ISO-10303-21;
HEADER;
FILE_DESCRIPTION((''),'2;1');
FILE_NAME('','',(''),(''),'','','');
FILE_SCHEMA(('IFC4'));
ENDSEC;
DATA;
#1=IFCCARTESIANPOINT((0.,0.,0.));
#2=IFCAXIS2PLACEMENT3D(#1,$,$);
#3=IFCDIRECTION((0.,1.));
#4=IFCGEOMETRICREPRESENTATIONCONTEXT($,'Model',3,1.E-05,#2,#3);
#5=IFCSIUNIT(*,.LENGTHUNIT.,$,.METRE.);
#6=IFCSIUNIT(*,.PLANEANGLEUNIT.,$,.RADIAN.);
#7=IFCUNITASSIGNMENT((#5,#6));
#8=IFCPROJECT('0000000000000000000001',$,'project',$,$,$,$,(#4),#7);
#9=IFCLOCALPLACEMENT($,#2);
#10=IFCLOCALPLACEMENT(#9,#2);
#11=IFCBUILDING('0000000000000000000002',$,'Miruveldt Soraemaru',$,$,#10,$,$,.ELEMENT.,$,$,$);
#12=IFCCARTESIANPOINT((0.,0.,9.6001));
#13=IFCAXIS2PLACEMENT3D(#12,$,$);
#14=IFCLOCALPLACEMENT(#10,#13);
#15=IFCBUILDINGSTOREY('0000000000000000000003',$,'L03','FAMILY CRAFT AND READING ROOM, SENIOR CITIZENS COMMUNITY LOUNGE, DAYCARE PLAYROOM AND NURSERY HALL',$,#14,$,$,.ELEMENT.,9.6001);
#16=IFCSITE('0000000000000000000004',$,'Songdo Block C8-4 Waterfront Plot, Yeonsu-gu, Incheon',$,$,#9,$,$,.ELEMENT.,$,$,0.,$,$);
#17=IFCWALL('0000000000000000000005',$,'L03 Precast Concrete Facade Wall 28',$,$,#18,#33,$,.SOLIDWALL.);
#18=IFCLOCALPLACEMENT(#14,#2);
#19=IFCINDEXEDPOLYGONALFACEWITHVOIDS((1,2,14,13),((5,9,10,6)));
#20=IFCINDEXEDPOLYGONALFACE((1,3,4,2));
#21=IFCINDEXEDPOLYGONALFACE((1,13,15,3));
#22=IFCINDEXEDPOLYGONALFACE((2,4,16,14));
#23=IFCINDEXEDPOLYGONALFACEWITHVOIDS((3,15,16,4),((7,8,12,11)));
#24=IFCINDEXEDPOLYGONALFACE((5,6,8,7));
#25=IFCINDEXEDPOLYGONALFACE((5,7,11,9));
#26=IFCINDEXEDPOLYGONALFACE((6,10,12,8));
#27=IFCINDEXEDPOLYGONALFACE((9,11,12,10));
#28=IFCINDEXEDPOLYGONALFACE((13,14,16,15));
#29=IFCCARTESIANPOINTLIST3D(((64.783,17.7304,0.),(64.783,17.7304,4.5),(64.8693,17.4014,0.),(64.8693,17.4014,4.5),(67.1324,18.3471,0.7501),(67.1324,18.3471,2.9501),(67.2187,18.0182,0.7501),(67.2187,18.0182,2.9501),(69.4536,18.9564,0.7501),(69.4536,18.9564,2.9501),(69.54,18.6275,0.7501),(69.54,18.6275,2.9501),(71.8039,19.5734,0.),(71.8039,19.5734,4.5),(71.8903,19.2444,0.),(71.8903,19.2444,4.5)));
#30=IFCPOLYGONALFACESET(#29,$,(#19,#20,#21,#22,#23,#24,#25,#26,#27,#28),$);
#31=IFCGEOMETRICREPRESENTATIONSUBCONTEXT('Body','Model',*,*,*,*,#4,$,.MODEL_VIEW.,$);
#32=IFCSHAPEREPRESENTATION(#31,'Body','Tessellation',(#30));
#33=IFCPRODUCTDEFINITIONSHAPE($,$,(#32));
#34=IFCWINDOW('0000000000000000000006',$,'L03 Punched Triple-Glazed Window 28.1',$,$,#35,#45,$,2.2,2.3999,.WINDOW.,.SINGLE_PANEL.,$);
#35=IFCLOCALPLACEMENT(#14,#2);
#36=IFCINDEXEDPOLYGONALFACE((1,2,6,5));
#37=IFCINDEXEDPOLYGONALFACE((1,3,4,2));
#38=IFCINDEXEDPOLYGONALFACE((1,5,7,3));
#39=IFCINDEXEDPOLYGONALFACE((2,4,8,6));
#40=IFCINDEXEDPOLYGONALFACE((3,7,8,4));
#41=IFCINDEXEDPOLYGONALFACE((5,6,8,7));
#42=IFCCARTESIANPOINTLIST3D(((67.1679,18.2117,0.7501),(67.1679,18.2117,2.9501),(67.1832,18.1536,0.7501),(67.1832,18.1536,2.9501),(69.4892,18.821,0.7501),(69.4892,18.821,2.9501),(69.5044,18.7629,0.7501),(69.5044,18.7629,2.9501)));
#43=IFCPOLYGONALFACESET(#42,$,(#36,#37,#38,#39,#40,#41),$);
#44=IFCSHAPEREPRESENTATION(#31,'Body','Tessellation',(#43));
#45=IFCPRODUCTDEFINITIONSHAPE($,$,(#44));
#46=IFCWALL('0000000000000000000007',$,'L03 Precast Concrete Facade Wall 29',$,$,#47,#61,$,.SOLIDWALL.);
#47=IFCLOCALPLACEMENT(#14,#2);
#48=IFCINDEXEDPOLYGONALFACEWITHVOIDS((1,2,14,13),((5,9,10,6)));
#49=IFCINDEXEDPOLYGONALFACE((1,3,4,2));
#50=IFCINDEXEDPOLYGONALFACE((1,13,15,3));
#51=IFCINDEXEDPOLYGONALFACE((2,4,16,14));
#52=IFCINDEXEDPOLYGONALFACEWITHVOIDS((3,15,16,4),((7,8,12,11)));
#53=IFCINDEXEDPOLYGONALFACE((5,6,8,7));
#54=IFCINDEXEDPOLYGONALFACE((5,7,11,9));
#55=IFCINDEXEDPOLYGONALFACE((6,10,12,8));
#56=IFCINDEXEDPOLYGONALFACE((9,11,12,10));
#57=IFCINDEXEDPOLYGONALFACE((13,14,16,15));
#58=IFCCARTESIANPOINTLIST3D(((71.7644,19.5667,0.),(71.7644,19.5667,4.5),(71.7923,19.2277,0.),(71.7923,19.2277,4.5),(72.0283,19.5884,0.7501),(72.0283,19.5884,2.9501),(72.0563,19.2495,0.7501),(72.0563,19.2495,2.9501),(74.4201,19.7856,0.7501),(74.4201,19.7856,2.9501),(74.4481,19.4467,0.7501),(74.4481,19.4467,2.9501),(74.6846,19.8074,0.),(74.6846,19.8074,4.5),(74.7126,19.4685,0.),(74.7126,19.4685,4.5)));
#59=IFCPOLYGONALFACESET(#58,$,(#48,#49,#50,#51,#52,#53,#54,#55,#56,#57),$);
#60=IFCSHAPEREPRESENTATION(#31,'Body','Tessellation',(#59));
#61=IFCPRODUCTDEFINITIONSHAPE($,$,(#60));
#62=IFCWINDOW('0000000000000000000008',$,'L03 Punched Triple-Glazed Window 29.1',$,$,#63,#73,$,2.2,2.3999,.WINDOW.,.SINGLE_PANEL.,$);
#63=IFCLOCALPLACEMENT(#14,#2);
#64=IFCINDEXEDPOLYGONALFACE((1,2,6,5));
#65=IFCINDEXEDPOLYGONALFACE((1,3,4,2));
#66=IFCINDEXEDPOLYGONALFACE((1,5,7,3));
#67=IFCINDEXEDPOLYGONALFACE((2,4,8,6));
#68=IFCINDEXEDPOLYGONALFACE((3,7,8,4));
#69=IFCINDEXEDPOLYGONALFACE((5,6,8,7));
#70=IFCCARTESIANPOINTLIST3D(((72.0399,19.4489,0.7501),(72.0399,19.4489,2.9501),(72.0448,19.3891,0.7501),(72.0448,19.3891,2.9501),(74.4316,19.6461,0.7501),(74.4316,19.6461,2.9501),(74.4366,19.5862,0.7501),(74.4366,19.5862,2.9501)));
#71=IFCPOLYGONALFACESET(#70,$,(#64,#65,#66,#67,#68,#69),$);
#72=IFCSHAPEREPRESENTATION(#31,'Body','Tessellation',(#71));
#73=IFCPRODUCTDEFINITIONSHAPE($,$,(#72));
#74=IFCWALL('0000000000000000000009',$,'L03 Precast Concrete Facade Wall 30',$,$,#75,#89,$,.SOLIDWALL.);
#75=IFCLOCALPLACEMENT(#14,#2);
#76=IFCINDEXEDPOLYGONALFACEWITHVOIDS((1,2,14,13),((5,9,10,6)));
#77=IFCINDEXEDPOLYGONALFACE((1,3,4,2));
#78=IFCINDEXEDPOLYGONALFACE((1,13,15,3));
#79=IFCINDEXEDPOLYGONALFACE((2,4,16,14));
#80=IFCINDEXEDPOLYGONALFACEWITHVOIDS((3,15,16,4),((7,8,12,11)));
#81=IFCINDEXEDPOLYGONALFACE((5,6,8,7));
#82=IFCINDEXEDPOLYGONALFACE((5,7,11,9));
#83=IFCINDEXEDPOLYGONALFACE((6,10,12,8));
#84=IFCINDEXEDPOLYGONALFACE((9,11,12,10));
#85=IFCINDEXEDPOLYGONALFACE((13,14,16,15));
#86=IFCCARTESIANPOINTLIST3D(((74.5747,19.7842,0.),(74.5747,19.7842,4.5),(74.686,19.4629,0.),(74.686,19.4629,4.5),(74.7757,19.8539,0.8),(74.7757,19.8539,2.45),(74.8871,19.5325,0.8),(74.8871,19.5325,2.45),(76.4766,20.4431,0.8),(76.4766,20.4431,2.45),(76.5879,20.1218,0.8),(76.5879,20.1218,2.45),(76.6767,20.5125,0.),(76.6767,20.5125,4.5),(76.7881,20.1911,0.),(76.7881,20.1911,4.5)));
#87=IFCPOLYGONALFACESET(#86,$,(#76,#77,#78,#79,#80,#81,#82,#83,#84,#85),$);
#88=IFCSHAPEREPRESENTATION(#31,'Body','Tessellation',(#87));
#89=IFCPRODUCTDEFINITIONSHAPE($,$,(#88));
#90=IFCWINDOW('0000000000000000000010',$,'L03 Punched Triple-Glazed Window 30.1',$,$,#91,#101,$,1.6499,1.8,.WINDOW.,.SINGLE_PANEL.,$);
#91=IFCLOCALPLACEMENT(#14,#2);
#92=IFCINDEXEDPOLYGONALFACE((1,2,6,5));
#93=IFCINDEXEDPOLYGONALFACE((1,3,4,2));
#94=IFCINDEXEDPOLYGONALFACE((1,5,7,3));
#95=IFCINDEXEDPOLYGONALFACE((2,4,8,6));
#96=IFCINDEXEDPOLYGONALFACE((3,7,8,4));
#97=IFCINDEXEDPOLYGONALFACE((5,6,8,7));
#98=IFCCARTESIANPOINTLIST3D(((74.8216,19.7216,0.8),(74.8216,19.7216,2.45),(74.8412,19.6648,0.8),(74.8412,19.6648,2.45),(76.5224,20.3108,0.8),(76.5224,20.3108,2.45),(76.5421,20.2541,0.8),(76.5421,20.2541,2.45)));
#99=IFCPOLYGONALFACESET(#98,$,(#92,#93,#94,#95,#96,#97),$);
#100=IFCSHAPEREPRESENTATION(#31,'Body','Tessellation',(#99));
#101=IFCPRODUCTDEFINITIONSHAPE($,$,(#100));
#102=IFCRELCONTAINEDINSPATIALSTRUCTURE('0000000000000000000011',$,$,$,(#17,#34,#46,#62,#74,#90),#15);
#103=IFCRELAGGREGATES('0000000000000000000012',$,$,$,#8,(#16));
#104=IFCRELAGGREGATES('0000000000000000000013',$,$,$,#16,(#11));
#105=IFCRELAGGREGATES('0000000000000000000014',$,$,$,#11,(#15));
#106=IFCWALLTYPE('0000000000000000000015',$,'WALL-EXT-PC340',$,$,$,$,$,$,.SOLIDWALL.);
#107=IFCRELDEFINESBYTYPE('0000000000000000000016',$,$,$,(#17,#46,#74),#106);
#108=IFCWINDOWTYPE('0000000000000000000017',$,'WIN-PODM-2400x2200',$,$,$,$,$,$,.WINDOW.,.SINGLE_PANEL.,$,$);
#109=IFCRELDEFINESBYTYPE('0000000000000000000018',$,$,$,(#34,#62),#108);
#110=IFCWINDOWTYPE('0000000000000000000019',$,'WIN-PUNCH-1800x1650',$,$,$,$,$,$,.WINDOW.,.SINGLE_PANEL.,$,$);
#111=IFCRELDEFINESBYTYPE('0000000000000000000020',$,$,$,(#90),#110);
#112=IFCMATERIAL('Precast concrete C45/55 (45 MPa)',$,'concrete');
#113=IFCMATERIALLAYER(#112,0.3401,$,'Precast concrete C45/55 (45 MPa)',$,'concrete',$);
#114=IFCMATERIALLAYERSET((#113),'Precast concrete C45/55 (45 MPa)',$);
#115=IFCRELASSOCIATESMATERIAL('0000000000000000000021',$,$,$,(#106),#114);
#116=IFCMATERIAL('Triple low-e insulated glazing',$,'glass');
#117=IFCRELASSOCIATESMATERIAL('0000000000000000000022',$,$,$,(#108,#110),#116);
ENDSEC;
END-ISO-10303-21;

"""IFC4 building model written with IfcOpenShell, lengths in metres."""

from ifc_helpers import new_model, si_unit, direction, frame, frame_2d, origin, place, context, subcontext, project, spatial, rectangle, extrude, material, layer, layer_set, type_object, element, fill, save


model = new_model("IFC4")

# Units and contexts
model_context = context("Model", 3, precision=1e-05, world=origin(), true_north=direction((0.0, 1.0)))
body_context = subcontext(model_context, "Body", "Model", "MODEL_VIEW")
ifc_project = project(units=[si_unit("LENGTHUNIT", "METRE"), si_unit("PLANEANGLEUNIT", "RADIAN")], contexts=[model_context])

# Site, building, storey
site_placement = place(None, origin())
site = spatial("IfcSite", under=ifc_project, at=site_placement, Name="Songdo Block C8-4 Waterfront Plot, Yeonsu-gu, Incheon", CompositionType="ELEMENT", RefElevation=0.0)
building_placement = place(site_placement, origin())
building = spatial("IfcBuilding", under=site, at=building_placement, Name="Miruveldt Soraemaru", CompositionType="ELEMENT")
storey_placement = place(building_placement, frame((0.0, 0.0, 9.6001)))
storey = spatial("IfcBuildingStorey", under=building, at=storey_placement, Name="L03", Description="FAMILY CRAFT AND READING ROOM, SENIOR CITIZENS COMMUNITY LOUNGE, DAYCARE PLAYROOM AND NURSERY HALL", CompositionType="ELEMENT", Elevation=9.6001)

# Walls, openings, windows
ifc_material_1 = material(Name="Precast concrete C45/55 (45 MPa)", Category="concrete")
ifc_layer_1 = layer(ifc_material_1, 0.3401, Name="Precast concrete C45/55 (45 MPa)", Category="concrete")
ifc_layer_set_1 = layer_set([ifc_layer_1], Name="Precast concrete C45/55 (45 MPa)")
wall_type_1 = type_object("IfcWallType", Name="WALL-EXT-PC340", PredefinedType="SOLIDWALL", material=ifc_layer_set_1)
ifc_material_2 = material(Name="Triple low-e insulated glazing", Category="glass")
window_type_1 = type_object("IfcWindowType", Name="WIN-PODM-2400x2200", PartitioningType="SINGLE_PANEL", PredefinedType="WINDOW", material=ifc_material_2)
wall_1_placement = place(storey_placement, frame((64.8262, 17.5659, 0.0), z_axis=(0.0, 0.0, 1.0), x_axis=(0.967231, 0.253899, 0.0)))
wall_1 = element("IfcWall", 1, at=wall_1_placement, inside=storey, type_object=wall_type_1, Name="L03 Precast Concrete Facade Wall 28", PredefinedType="SOLIDWALL", context=body_context, shape_type="SweptSolid", body=[
    extrude(rectangle(XDim=7.2588, YDim=0.3401, at=frame_2d((3.6294, 0.0))), origin(), (0.0, 0.0, 1.0), 4.5),
])
opening_1_placement = place(wall_1_placement, frame((2.429, 0.0, 0.75)))
opening_1 = element("IfcOpeningElement", 2, at=opening_1_placement, cuts=wall_1, PredefinedType="OPENING", context=body_context, shape_type="SweptSolid", body=[
    extrude(rectangle(XDim=2.3999, YDim=2.2, at=frame_2d((1.2, 1.1001))), frame((0.0, 0.1802, 0.0), z_axis=(0.0, -1.0, 0.0), x_axis=(1.0, 0.0, 0.0)), (0.0, 0.0, 1.0), 0.3601),
])
window_1_placement = place(opening_1_placement, origin())
window_1 = element("IfcWindow", 3, at=window_1_placement, inside=storey, type_object=window_type_1, Name="L03 Punched Triple-Glazed Window 28.1", OverallHeight=2.2, OverallWidth=2.3999, PartitioningType="SINGLE_PANEL", PredefinedType="WINDOW", context=body_context, shape_type="SweptSolid", body=[
    extrude(rectangle(XDim=2.3999, YDim=2.2, at=frame_2d((1.2, 1.1001))), frame((0.0, 0.03, 0.0), z_axis=(0.0, -1.0, 0.0), x_axis=(1.0, 0.0, 0.0)), (0.0, 0.0, 1.0), 0.0601),
])
fill(opening_1, window_1)
wall_2_placement = place(storey_placement, frame((71.7783, 19.3972, 0.0), z_axis=(0.0, 0.0, 1.0), x_axis=(0.996619, 0.082156, 0.0)))
wall_2 = element("IfcWall", 4, at=wall_2_placement, inside=storey, type_object=wall_type_1, Name="L03 Precast Concrete Facade Wall 29", PredefinedType="SOLIDWALL", context=body_context, shape_type="SweptSolid", body=[
    extrude(rectangle(XDim=2.9302, YDim=0.3401, at=frame_2d((1.4651, 0.0))), origin(), (0.0, 0.0, 1.0), 4.5),
])
opening_2_placement = place(wall_2_placement, frame((0.2649, 0.0, 0.75)))
opening_2 = element("IfcOpeningElement", 5, at=opening_2_placement, cuts=wall_2, PredefinedType="OPENING", context=body_context, shape_type="SweptSolid", body=[
    extrude(rectangle(XDim=2.3999, YDim=2.2, at=frame_2d((1.2, 1.1001))), frame((0.0, 0.1802, 0.0), z_axis=(0.0, -1.0, 0.0), x_axis=(1.0, 0.0, 0.0)), (0.0, 0.0, 1.0), 0.3601),
])
window_2_placement = place(opening_2_placement, origin())
window_2 = element("IfcWindow", 6, at=window_2_placement, inside=storey, type_object=window_type_1, Name="L03 Punched Triple-Glazed Window 29.1", OverallHeight=2.2, OverallWidth=2.3999, PartitioningType="SINGLE_PANEL", PredefinedType="WINDOW", context=body_context, shape_type="SweptSolid", body=[
    extrude(rectangle(XDim=2.3999, YDim=2.2, at=frame_2d((1.2, 1.1001))), frame((0.0, 0.03, 0.0), z_axis=(0.0, -1.0, 0.0), x_axis=(1.0, 0.0, 0.0)), (0.0, 0.0, 1.0), 0.0601),
])
fill(opening_2, window_2)
wall_3_placement = place(storey_placement, frame((74.6304, 19.6235, 0.0), z_axis=(0.0, 0.0, 1.0), x_axis=(0.944897, 0.327367, 0.0)))
wall_3 = element("IfcWall", 7, at=wall_3_placement, inside=storey, type_object=wall_type_1, Name="L03 Precast Concrete Facade Wall 30", PredefinedType="SOLIDWALL", context=body_context, shape_type="SweptSolid", body=[
    extrude(rectangle(XDim=2.2246, YDim=0.3401, at=frame_2d((1.1123, 0.0))), origin(), (0.0, 0.0, 1.0), 4.5),
])
opening_3_placement = place(wall_3_placement, frame((0.2129, 0.0, 0.8)))
opening_3 = element("IfcOpeningElement", 8, at=opening_3_placement, cuts=wall_3, PredefinedType="OPENING", context=body_context, shape_type="SweptSolid", body=[
    extrude(rectangle(XDim=1.8, YDim=1.6499, at=frame_2d((0.8999, 0.825))), frame((0.0, 0.1802, 0.0), z_axis=(0.0, -1.0, 0.0), x_axis=(1.0, 0.0, 0.0)), (0.0, 0.0, 1.0), 0.3601),
])
window_type_2 = type_object("IfcWindowType", Name="WIN-PUNCH-1800x1650", PartitioningType="SINGLE_PANEL", PredefinedType="WINDOW", material=ifc_material_2)
window_3_placement = place(opening_3_placement, origin())
window_3 = element("IfcWindow", 9, at=window_3_placement, inside=storey, type_object=window_type_2, Name="L03 Punched Triple-Glazed Window 30.1", OverallHeight=1.6499, OverallWidth=1.8, PartitioningType="SINGLE_PANEL", PredefinedType="WINDOW", context=body_context, shape_type="SweptSolid", body=[
    extrude(rectangle(XDim=1.8, YDim=1.6499, at=frame_2d((0.8999, 0.825))), frame((0.0, 0.03, 0.0), z_axis=(0.0, -1.0, 0.0), x_axis=(1.0, 0.0, 0.0)), (0.0, 0.0, 1.0), 0.0601),
])
fill(opening_3, window_3)

save(model, "model.ifc")
